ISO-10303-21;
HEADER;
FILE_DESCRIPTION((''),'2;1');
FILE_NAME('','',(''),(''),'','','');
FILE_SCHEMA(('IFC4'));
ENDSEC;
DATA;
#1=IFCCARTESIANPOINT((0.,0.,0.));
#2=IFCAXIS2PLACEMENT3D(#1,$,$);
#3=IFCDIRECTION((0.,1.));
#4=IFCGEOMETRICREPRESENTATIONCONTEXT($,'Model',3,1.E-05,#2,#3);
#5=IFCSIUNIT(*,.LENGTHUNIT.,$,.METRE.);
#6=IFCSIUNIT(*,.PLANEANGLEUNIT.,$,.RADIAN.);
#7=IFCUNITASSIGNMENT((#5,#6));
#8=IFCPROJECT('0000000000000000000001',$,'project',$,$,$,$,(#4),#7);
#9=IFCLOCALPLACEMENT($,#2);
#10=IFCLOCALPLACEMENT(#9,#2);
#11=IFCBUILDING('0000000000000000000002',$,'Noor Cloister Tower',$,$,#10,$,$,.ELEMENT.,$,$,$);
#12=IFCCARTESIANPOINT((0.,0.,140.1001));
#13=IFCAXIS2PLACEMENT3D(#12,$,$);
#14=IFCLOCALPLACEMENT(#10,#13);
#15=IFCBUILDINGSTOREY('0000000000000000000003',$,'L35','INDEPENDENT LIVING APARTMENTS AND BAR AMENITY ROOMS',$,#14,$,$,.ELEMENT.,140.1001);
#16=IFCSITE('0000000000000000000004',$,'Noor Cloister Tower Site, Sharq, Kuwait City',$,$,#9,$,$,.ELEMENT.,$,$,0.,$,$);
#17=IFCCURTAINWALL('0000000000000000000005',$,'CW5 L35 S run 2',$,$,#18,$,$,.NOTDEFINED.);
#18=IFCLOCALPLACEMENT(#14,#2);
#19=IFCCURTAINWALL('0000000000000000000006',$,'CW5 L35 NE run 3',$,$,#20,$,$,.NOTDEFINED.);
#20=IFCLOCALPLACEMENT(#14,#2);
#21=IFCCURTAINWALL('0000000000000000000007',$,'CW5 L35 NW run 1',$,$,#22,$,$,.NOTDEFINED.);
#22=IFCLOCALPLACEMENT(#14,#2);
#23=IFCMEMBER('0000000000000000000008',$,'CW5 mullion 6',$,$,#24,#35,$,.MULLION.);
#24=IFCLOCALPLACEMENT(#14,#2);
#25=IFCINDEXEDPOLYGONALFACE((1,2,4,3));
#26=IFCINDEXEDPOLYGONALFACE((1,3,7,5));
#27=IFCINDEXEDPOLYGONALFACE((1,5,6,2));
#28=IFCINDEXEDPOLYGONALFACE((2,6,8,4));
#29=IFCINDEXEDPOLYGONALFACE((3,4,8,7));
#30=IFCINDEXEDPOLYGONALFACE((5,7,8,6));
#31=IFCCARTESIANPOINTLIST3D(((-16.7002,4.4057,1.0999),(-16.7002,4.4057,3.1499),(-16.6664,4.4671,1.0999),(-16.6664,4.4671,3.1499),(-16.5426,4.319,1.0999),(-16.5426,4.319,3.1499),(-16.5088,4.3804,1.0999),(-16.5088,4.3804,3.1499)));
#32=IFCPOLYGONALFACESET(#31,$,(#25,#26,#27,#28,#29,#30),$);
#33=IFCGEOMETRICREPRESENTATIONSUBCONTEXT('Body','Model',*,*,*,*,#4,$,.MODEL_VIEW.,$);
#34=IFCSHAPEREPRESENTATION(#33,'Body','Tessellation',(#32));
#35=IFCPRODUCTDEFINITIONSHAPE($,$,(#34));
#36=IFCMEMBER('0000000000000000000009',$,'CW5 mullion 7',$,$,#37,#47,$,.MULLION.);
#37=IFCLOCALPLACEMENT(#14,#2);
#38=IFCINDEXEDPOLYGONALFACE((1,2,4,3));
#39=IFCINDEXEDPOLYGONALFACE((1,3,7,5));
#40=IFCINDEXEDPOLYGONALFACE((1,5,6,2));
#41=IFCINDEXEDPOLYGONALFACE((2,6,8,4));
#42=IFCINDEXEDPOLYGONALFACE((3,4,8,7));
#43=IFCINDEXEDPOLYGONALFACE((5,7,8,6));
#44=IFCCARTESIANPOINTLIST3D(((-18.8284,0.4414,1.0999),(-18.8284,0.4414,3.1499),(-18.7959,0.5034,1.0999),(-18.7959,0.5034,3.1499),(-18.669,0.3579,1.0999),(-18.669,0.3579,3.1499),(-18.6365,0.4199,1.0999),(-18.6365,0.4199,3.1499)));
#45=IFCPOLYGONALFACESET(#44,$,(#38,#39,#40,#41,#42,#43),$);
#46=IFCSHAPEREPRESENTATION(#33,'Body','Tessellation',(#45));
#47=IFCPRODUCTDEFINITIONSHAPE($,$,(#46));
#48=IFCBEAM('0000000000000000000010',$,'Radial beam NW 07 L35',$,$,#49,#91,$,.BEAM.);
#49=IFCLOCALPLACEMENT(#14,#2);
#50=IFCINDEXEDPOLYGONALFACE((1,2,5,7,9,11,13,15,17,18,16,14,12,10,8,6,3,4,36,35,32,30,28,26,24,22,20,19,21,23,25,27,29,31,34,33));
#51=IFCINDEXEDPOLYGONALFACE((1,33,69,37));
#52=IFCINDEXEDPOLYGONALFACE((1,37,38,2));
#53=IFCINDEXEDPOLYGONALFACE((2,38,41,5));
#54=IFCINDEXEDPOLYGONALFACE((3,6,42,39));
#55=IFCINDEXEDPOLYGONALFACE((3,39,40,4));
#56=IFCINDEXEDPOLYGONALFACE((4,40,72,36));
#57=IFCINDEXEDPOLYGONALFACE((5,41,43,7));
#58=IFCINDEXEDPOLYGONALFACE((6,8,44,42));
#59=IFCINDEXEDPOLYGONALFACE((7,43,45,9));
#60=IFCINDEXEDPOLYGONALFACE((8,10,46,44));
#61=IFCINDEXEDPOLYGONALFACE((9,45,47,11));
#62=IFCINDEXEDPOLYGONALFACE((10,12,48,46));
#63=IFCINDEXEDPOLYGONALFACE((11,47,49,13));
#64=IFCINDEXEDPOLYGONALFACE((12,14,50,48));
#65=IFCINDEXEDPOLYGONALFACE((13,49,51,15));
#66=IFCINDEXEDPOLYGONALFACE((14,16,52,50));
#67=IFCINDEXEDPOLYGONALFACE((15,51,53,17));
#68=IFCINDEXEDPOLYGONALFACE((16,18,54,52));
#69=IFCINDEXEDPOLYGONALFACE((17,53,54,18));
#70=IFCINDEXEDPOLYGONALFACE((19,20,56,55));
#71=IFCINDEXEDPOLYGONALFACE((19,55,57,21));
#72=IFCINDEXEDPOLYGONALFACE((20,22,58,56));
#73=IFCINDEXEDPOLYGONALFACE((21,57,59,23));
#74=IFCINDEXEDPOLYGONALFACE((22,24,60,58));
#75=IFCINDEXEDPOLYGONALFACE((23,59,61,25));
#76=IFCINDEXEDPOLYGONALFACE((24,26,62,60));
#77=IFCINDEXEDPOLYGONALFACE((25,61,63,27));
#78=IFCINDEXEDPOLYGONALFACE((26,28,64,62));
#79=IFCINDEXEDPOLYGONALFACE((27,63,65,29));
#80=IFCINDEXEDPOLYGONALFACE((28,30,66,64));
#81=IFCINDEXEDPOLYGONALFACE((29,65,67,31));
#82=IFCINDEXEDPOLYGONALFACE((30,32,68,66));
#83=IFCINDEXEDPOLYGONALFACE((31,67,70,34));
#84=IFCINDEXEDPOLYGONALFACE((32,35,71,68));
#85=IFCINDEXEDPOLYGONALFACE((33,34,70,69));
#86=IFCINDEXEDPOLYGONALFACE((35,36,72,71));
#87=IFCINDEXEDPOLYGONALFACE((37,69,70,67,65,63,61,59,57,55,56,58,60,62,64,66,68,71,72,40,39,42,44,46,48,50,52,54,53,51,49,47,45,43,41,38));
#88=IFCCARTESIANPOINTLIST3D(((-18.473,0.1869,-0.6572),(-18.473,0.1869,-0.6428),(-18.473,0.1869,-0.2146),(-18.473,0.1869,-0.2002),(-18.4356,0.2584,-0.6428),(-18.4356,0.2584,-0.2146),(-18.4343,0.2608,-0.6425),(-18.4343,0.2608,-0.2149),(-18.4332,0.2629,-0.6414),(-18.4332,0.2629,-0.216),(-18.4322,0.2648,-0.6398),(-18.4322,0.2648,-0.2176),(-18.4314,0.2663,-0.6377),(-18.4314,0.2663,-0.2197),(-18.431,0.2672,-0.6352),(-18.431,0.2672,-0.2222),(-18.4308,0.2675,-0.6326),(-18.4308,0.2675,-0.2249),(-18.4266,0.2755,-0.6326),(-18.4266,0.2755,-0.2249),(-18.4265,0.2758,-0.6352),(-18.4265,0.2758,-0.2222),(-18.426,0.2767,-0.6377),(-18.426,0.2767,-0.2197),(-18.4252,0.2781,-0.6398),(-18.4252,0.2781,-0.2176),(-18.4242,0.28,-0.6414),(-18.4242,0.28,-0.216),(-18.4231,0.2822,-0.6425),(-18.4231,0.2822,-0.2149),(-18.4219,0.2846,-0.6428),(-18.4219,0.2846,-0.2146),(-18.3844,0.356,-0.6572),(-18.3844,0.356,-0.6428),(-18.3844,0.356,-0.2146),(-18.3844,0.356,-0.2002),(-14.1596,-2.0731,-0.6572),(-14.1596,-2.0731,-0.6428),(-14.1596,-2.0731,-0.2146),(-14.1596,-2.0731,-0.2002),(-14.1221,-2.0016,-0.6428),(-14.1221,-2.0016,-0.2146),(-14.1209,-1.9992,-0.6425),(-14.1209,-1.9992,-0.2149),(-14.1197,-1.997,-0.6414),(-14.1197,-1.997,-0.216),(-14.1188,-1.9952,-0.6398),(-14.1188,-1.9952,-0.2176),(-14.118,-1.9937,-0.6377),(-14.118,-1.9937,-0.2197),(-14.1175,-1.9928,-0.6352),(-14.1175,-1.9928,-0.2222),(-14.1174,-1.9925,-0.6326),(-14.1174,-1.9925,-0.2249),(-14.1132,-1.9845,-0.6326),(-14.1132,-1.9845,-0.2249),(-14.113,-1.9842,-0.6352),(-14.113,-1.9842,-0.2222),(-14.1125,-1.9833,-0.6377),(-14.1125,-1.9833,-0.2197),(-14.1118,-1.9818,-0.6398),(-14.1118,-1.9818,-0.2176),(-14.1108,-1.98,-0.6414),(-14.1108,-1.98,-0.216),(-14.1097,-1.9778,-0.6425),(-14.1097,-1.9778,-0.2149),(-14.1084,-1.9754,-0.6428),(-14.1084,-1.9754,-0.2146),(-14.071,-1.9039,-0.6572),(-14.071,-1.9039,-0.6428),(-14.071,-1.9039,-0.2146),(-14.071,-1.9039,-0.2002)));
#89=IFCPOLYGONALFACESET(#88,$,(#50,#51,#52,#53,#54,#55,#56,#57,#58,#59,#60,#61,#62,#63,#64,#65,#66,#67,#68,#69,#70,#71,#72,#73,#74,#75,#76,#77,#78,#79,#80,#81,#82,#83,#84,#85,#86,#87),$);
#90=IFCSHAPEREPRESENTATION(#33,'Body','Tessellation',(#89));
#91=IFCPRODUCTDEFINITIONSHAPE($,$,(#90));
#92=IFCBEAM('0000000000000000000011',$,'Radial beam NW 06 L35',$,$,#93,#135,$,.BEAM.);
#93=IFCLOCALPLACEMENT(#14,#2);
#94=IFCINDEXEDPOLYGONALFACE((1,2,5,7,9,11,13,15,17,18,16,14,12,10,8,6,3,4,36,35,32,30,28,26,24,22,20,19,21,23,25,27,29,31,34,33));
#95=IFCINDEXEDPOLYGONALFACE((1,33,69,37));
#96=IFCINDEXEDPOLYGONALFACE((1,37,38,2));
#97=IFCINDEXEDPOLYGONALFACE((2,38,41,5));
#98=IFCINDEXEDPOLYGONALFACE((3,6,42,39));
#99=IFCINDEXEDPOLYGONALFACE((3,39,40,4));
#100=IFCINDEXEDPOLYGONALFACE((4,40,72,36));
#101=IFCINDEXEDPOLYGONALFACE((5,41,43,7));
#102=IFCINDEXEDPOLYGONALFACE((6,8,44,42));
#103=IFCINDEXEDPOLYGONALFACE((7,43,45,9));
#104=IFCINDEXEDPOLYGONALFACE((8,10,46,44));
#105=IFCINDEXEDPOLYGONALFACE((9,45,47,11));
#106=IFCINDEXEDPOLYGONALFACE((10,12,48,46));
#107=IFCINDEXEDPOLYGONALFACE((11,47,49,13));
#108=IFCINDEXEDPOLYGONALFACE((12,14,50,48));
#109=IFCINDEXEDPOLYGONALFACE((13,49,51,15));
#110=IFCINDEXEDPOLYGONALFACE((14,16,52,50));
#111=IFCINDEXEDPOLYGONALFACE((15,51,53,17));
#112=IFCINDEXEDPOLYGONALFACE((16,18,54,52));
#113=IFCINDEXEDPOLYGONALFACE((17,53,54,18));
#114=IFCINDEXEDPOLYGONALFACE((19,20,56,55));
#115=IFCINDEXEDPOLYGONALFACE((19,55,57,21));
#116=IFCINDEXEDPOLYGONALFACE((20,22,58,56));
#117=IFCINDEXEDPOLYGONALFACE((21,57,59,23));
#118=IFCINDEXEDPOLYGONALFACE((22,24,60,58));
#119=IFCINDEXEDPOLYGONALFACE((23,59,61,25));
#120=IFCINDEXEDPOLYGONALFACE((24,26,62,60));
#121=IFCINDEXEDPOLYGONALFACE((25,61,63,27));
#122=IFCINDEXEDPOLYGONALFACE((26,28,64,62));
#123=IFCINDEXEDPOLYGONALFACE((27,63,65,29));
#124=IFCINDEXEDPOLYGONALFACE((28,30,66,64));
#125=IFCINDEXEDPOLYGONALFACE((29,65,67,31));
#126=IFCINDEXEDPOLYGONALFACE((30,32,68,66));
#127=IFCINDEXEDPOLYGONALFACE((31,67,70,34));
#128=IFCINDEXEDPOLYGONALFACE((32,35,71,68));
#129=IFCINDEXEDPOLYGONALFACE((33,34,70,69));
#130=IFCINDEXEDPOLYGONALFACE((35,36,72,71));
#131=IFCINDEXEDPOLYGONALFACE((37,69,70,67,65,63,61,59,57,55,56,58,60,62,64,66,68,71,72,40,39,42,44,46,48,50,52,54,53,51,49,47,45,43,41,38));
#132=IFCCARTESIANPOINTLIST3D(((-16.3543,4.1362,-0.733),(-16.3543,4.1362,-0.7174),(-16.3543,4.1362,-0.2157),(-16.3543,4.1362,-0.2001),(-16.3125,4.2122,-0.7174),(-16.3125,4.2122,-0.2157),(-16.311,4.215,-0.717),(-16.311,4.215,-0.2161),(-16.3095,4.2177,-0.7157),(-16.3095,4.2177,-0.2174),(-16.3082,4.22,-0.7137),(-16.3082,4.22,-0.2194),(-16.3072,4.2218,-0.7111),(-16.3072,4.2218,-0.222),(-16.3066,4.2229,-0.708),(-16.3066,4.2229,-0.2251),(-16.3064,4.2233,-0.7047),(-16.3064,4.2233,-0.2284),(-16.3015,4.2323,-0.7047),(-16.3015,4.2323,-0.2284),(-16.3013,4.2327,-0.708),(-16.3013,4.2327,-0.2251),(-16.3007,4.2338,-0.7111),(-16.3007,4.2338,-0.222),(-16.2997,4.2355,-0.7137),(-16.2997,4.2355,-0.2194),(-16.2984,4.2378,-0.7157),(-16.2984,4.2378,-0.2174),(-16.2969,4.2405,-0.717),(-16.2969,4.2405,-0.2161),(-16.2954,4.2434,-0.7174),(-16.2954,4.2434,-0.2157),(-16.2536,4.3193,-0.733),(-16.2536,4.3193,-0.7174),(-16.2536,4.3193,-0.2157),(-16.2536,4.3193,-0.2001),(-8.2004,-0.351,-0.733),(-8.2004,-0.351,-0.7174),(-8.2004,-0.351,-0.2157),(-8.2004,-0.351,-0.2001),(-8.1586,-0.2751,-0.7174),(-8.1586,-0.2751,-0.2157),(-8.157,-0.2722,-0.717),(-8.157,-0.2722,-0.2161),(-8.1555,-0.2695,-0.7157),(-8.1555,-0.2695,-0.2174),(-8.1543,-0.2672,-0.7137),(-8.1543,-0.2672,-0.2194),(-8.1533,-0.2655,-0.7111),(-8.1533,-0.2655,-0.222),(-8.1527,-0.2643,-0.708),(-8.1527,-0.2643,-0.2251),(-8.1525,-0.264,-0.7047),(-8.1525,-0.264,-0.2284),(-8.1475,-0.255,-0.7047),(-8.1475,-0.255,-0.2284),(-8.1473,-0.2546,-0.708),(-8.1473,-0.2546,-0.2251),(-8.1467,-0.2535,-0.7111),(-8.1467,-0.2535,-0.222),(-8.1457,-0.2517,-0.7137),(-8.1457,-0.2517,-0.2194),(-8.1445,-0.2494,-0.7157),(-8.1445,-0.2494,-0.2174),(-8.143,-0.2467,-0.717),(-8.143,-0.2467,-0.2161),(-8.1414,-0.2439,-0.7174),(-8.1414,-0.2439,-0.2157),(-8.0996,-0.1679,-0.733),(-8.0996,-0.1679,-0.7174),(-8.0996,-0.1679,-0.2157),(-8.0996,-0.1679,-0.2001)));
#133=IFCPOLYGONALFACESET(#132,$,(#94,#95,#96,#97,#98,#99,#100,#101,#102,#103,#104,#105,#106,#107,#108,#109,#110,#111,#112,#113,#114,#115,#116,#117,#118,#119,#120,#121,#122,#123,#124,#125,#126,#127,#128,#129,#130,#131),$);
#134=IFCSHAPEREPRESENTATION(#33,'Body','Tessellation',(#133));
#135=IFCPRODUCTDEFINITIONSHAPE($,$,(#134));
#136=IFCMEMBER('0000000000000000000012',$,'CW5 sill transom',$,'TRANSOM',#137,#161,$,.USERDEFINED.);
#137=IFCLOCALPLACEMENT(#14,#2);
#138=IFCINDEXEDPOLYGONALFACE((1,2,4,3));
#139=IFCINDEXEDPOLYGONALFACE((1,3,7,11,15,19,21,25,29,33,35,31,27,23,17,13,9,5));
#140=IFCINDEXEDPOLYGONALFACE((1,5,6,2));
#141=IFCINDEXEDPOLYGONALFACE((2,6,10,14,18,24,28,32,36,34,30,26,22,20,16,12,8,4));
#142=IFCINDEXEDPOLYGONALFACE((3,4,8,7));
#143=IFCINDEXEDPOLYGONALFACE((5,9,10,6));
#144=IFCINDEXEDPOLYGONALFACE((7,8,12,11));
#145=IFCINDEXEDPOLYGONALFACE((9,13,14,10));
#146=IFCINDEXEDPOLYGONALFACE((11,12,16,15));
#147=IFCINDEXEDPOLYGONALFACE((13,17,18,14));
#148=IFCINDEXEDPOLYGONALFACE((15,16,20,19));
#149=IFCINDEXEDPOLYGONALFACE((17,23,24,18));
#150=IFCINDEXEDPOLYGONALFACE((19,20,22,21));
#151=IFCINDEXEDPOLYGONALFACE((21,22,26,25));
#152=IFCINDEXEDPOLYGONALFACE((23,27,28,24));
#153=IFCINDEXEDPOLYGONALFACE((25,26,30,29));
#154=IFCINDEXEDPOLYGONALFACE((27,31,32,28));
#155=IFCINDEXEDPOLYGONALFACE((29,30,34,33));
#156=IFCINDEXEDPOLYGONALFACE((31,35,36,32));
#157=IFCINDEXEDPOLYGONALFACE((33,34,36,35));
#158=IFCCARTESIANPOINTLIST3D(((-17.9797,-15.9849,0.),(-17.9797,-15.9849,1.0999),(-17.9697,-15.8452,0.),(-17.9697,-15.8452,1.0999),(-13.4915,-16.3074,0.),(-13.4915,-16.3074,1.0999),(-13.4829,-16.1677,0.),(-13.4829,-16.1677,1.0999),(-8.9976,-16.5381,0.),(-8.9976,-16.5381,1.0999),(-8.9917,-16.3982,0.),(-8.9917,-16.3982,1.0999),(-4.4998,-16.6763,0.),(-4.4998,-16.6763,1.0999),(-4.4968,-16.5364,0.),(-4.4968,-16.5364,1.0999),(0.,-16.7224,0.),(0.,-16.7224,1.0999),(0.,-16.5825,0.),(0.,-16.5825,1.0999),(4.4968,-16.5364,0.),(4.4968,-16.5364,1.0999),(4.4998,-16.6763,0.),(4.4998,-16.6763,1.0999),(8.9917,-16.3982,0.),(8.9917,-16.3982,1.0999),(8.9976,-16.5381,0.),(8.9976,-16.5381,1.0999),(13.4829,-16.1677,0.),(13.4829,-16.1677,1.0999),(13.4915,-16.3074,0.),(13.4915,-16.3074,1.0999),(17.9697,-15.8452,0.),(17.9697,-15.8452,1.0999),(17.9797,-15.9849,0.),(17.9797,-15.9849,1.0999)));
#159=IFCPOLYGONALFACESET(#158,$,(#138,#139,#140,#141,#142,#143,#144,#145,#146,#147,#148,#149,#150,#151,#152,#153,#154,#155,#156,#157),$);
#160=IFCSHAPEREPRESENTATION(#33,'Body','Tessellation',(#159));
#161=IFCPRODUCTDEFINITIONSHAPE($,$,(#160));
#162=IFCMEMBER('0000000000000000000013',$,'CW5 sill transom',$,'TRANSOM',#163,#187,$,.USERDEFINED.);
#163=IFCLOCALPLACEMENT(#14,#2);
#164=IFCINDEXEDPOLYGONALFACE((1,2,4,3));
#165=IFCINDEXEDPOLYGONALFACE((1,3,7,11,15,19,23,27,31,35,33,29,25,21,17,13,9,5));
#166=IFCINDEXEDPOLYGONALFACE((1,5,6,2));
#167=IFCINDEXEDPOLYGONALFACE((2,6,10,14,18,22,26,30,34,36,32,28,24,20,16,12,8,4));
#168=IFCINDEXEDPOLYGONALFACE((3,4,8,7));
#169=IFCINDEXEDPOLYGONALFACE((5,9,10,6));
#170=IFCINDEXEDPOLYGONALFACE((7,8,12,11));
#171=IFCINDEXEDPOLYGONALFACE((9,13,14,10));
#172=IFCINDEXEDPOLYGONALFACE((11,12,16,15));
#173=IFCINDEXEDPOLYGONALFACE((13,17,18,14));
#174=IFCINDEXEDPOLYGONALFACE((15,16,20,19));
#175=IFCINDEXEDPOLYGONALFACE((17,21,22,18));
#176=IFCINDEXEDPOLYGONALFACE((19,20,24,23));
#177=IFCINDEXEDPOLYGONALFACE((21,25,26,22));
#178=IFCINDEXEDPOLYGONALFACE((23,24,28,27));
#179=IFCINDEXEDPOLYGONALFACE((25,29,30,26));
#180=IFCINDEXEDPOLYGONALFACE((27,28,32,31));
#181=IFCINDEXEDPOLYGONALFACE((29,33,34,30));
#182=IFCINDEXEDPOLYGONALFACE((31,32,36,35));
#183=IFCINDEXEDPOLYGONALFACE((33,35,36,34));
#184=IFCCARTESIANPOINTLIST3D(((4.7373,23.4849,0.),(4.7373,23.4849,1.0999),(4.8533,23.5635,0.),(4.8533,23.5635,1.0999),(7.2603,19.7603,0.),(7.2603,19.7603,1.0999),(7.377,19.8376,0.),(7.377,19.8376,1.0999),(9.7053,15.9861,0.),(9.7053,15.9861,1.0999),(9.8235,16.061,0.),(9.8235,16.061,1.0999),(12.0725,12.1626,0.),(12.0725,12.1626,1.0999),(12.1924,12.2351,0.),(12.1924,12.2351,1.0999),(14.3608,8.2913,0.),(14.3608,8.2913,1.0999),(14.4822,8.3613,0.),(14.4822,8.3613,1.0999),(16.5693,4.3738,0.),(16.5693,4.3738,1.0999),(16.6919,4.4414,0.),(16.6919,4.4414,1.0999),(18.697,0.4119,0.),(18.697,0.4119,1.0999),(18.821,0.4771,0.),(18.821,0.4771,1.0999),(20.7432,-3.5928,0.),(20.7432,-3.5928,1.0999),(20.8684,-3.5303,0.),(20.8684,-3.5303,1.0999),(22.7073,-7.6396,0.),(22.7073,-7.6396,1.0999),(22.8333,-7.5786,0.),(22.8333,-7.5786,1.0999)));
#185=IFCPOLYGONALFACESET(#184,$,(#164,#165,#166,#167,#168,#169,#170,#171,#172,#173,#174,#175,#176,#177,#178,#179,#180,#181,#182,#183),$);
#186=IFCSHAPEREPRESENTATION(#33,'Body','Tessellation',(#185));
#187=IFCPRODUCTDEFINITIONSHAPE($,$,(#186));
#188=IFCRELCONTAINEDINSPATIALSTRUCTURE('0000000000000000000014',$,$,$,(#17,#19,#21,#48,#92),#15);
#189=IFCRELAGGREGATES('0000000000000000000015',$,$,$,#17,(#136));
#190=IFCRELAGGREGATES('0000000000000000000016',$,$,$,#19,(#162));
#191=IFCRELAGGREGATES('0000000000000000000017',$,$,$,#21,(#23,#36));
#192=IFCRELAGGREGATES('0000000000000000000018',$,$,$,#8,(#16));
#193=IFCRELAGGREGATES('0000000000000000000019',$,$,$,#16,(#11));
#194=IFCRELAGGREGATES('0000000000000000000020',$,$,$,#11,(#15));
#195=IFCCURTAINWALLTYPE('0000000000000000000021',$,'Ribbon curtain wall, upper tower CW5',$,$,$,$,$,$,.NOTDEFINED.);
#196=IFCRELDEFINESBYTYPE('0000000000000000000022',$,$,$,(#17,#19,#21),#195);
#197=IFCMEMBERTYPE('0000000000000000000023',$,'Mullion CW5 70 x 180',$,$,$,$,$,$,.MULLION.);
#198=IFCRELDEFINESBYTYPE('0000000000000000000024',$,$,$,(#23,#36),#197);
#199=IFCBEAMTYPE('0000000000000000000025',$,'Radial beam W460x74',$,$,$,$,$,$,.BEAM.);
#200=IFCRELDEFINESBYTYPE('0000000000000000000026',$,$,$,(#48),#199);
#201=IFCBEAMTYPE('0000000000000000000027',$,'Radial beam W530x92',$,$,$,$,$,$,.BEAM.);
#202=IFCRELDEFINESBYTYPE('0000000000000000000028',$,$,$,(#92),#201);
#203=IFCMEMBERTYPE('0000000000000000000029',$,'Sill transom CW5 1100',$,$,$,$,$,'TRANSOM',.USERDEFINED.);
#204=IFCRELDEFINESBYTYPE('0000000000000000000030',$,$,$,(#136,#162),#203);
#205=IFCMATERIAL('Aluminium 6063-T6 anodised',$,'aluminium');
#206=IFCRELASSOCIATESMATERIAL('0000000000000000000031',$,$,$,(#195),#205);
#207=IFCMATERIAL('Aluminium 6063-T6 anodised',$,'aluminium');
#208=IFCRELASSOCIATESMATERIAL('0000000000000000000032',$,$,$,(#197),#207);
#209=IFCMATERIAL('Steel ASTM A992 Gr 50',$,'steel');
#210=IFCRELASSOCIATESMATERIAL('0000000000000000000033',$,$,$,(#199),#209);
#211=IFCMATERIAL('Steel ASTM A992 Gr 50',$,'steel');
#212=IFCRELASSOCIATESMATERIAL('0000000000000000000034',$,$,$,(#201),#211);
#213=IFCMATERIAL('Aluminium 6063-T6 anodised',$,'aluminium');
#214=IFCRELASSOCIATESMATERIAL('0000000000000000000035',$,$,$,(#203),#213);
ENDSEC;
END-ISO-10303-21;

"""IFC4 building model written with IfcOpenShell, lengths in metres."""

from ifc_helpers import new_model, si_unit, direction, frame, origin, origin_2d, place, context, subcontext, project, spatial, polyline, rectangle, i_section, outline, extrude, material, material_profile, profile_set, type_object, element, aggregate, save


model = new_model("IFC4")

# Units and contexts
model_context = context("Model", 3, precision=1e-05, world=origin(), true_north=direction((0.0, 1.0)))
body_context = subcontext(model_context, "Body", "Model", "MODEL_VIEW")
ifc_project = project(units=[si_unit("LENGTHUNIT", "METRE"), si_unit("PLANEANGLEUNIT", "RADIAN")], contexts=[model_context])

# Site, building, storey
site_placement = place(None, origin())
site = spatial("IfcSite", under=ifc_project, at=site_placement, Name="Noor Cloister Tower Site, Sharq, Kuwait City", CompositionType="ELEMENT", RefElevation=0.0)
building_placement = place(site_placement, origin())
building = spatial("IfcBuilding", under=site, at=building_placement, Name="Noor Cloister Tower", CompositionType="ELEMENT")
storey_placement = place(building_placement, frame((0.0, 0.0, 140.1001)))
storey = spatial("IfcBuildingStorey", under=building, at=storey_placement, Name="L35", Description="INDEPENDENT LIVING APARTMENTS AND BAR AMENITY ROOMS", CompositionType="ELEMENT", Elevation=140.1001)

# Curtain walls
ifc_material_1 = material(Name="Aluminium 6063-T6 anodised", Category="aluminium")
curtain_wall_type = type_object("IfcCurtainWallType", Name="Ribbon curtain wall, upper tower CW5", PredefinedType="NOTDEFINED", material=ifc_material_1)
curtain_wall_1_placement = place(storey_placement, origin())
curtain_wall_1 = element("IfcCurtainWall", 1, at=curtain_wall_1_placement, inside=storey, type_object=curtain_wall_type, Name="CW5 L35 S run 2", PredefinedType="NOTDEFINED")
curtain_wall_2_placement = place(storey_placement, origin())
curtain_wall_2 = element("IfcCurtainWall", 2, at=curtain_wall_2_placement, inside=storey, type_object=curtain_wall_type, Name="CW5 L35 NE run 3", PredefinedType="NOTDEFINED")

# Curtain wall, members
curtain_wall_3_placement = place(storey_placement, origin())
curtain_wall_3 = element("IfcCurtainWall", 3, at=curtain_wall_3_placement, inside=storey, type_object=curtain_wall_type, Name="CW5 L35 NW run 1", PredefinedType="NOTDEFINED")
ifc_material_2 = material(Name="Aluminium 6063-T6 anodised", Category="aluminium")
ifc_material_profile_1 = material_profile(ifc_material_2, rectangle(XDim=0.1799, YDim=0.0701, at=origin_2d()), Name="180 x 70 mullion")
ifc_profile_set_1 = profile_set([ifc_material_profile_1], Name="Aluminium 6063-T6 anodised")
member_type_1 = type_object("IfcMemberType", Name="Mullion CW5 70 x 180", PredefinedType="MULLION", material=ifc_profile_set_1)
member_1_placement = place(storey_placement, frame((-16.6045, 4.3931, 1.0999), z_axis=(0.0, 0.0, 1.0), x_axis=(0.876094, -0.48214, 0.0)))
member_1 = element("IfcMember", 4, at=member_1_placement, type_object=member_type_1, Name="CW5 mullion 6", PredefinedType="MULLION", context=body_context, shape_type="SweptSolid", body=[
    extrude(rectangle(XDim=0.1799, YDim=0.0701, at=origin_2d()), origin(), (0.0, 0.0, 1.0), 2.05),
])
member_2_placement = place(storey_placement, frame((-18.7324, 0.4307, 1.0999), z_axis=(0.0, 0.0, 1.0), x_axis=(0.885795, -0.464077, 0.0)))
member_2 = element("IfcMember", 5, at=member_2_placement, type_object=member_type_1, Name="CW5 mullion 7", PredefinedType="MULLION", context=body_context, shape_type="SweptSolid", body=[
    extrude(rectangle(XDim=0.1799, YDim=0.0701, at=origin_2d()), origin(), (0.0, 0.0, 1.0), 2.05),
])

# Beams
ifc_material_3 = material(Name="Steel ASTM A992 Gr 50", Category="steel")
ifc_material_profile_2 = material_profile(ifc_material_3, i_section(OverallWidth=0.1909, OverallDepth=0.457, WebThickness=0.009, FlangeThickness=0.0144, FilletRadius=0.0103, at=origin_2d()), Name="W460x74")
ifc_profile_set_2 = profile_set([ifc_material_profile_2], Name="Steel ASTM A992 Gr 50")
beam_type_1 = type_object("IfcBeamType", Name="Radial beam W460x74", PredefinedType="BEAM", material=ifc_profile_set_2)
beam_1_placement = place(storey_placement, frame((-18.4287, 0.2715, -0.4287), z_axis=(0.885783, -0.464099, 0.0), x_axis=(0.464099, 0.885783, 0.0)))
element("IfcBeam", 6, at=beam_1_placement, inside=storey, type_object=beam_type_1, Name="Radial beam NW 07 L35", PredefinedType="BEAM", context=body_context, shape_type="SweptSolid", body=[
    extrude(i_section(OverallWidth=0.1909, OverallDepth=0.457, WebThickness=0.009, FlangeThickness=0.0144, FilletRadius=0.0103, at=origin_2d()), origin(), (0.0, 0.0, 1.0), 4.8696),
])
ifc_material_4 = material(Name="Steel ASTM A992 Gr 50", Category="steel")
ifc_material_profile_3 = material_profile(ifc_material_4, i_section(OverallWidth=0.209, OverallDepth=0.533, WebThickness=0.0103, FlangeThickness=0.0156, FilletRadius=0.0127, at=origin_2d()), Name="W530x92")
ifc_profile_set_3 = profile_set([ifc_material_profile_3], Name="Steel ASTM A992 Gr 50")
beam_type_2 = type_object("IfcBeamType", Name="Radial beam W530x92", PredefinedType="BEAM", material=ifc_profile_set_3)
beam_2_placement = place(storey_placement, frame((-16.304, 4.2278, -0.4666), z_axis=(0.876099, -0.482131, 0.0), x_axis=(0.482131, 0.876099, 0.0)))
element("IfcBeam", 7, at=beam_2_placement, inside=storey, type_object=beam_type_2, Name="Radial beam NW 06 L35", PredefinedType="BEAM", context=body_context, shape_type="SweptSolid", body=[
    extrude(i_section(OverallWidth=0.209, OverallDepth=0.533, WebThickness=0.0103, FlangeThickness=0.0156, FilletRadius=0.0127, at=origin_2d()), origin(), (0.0, 0.0, 1.0), 9.3071),
])

# Members
ifc_material_5 = material(Name="Aluminium 6063-T6 anodised", Category="aluminium")
member_type_2 = type_object("IfcMemberType", Name="Sill transom CW5 1100", ElementType="TRANSOM", PredefinedType="USERDEFINED", material=ifc_material_5)
member_3_placement = place(storey_placement, origin())
member_3 = element("IfcMember", 8, at=member_3_placement, type_object=member_type_2, Name="CW5 sill transom", ObjectType="TRANSOM", PredefinedType="USERDEFINED", context=body_context, shape_type="SweptSolid", body=[
    extrude(outline(polyline([(-17.9797, -15.9849), (-13.4915, -16.3074), (-8.9976, -16.5381), (-4.4998, -16.6763), (0.0, -16.7224), (4.4998, -16.6763), (8.9976, -16.5381), (13.4915, -16.3074), (17.9797, -15.9849), (17.9697, -15.8452), (13.4829, -16.1677), (8.9917, -16.3982), (4.4968, -16.5364), (0.0, -16.5825), (-4.4968, -16.5364), (-8.9917, -16.3982), (-13.4829, -16.1677), (-17.9697, -15.8452), (-17.9797, -15.9849)])), origin(), (0.0, 0.0, 1.0), 1.0999),
])
aggregate(curtain_wall_1, [member_3])
member_4_placement = place(storey_placement, origin())
member_4 = element("IfcMember", 9, at=member_4_placement, type_object=member_type_2, Name="CW5 sill transom", ObjectType="TRANSOM", PredefinedType="USERDEFINED", context=body_context, shape_type="SweptSolid", body=[
    extrude(outline(polyline([(22.8333, -7.5786), (20.8684, -3.5303), (18.821, 0.4771), (16.6919, 4.4414), (14.4822, 8.3613), (12.1924, 12.2351), (9.8235, 16.061), (7.377, 19.8376), (4.8533, 23.5635), (4.7373, 23.4849), (7.2603, 19.7603), (9.7053, 15.9861), (12.0725, 12.1626), (14.3608, 8.2913), (16.5693, 4.3738), (18.697, 0.4119), (20.7432, -3.5928), (22.7073, -7.6396), (22.8333, -7.5786)])), origin(), (0.0, 0.0, 1.0), 1.0999),
])
aggregate(curtain_wall_2, [member_4])

aggregate(curtain_wall_3, [member_1, member_2])

save(model, "model.ifc")
